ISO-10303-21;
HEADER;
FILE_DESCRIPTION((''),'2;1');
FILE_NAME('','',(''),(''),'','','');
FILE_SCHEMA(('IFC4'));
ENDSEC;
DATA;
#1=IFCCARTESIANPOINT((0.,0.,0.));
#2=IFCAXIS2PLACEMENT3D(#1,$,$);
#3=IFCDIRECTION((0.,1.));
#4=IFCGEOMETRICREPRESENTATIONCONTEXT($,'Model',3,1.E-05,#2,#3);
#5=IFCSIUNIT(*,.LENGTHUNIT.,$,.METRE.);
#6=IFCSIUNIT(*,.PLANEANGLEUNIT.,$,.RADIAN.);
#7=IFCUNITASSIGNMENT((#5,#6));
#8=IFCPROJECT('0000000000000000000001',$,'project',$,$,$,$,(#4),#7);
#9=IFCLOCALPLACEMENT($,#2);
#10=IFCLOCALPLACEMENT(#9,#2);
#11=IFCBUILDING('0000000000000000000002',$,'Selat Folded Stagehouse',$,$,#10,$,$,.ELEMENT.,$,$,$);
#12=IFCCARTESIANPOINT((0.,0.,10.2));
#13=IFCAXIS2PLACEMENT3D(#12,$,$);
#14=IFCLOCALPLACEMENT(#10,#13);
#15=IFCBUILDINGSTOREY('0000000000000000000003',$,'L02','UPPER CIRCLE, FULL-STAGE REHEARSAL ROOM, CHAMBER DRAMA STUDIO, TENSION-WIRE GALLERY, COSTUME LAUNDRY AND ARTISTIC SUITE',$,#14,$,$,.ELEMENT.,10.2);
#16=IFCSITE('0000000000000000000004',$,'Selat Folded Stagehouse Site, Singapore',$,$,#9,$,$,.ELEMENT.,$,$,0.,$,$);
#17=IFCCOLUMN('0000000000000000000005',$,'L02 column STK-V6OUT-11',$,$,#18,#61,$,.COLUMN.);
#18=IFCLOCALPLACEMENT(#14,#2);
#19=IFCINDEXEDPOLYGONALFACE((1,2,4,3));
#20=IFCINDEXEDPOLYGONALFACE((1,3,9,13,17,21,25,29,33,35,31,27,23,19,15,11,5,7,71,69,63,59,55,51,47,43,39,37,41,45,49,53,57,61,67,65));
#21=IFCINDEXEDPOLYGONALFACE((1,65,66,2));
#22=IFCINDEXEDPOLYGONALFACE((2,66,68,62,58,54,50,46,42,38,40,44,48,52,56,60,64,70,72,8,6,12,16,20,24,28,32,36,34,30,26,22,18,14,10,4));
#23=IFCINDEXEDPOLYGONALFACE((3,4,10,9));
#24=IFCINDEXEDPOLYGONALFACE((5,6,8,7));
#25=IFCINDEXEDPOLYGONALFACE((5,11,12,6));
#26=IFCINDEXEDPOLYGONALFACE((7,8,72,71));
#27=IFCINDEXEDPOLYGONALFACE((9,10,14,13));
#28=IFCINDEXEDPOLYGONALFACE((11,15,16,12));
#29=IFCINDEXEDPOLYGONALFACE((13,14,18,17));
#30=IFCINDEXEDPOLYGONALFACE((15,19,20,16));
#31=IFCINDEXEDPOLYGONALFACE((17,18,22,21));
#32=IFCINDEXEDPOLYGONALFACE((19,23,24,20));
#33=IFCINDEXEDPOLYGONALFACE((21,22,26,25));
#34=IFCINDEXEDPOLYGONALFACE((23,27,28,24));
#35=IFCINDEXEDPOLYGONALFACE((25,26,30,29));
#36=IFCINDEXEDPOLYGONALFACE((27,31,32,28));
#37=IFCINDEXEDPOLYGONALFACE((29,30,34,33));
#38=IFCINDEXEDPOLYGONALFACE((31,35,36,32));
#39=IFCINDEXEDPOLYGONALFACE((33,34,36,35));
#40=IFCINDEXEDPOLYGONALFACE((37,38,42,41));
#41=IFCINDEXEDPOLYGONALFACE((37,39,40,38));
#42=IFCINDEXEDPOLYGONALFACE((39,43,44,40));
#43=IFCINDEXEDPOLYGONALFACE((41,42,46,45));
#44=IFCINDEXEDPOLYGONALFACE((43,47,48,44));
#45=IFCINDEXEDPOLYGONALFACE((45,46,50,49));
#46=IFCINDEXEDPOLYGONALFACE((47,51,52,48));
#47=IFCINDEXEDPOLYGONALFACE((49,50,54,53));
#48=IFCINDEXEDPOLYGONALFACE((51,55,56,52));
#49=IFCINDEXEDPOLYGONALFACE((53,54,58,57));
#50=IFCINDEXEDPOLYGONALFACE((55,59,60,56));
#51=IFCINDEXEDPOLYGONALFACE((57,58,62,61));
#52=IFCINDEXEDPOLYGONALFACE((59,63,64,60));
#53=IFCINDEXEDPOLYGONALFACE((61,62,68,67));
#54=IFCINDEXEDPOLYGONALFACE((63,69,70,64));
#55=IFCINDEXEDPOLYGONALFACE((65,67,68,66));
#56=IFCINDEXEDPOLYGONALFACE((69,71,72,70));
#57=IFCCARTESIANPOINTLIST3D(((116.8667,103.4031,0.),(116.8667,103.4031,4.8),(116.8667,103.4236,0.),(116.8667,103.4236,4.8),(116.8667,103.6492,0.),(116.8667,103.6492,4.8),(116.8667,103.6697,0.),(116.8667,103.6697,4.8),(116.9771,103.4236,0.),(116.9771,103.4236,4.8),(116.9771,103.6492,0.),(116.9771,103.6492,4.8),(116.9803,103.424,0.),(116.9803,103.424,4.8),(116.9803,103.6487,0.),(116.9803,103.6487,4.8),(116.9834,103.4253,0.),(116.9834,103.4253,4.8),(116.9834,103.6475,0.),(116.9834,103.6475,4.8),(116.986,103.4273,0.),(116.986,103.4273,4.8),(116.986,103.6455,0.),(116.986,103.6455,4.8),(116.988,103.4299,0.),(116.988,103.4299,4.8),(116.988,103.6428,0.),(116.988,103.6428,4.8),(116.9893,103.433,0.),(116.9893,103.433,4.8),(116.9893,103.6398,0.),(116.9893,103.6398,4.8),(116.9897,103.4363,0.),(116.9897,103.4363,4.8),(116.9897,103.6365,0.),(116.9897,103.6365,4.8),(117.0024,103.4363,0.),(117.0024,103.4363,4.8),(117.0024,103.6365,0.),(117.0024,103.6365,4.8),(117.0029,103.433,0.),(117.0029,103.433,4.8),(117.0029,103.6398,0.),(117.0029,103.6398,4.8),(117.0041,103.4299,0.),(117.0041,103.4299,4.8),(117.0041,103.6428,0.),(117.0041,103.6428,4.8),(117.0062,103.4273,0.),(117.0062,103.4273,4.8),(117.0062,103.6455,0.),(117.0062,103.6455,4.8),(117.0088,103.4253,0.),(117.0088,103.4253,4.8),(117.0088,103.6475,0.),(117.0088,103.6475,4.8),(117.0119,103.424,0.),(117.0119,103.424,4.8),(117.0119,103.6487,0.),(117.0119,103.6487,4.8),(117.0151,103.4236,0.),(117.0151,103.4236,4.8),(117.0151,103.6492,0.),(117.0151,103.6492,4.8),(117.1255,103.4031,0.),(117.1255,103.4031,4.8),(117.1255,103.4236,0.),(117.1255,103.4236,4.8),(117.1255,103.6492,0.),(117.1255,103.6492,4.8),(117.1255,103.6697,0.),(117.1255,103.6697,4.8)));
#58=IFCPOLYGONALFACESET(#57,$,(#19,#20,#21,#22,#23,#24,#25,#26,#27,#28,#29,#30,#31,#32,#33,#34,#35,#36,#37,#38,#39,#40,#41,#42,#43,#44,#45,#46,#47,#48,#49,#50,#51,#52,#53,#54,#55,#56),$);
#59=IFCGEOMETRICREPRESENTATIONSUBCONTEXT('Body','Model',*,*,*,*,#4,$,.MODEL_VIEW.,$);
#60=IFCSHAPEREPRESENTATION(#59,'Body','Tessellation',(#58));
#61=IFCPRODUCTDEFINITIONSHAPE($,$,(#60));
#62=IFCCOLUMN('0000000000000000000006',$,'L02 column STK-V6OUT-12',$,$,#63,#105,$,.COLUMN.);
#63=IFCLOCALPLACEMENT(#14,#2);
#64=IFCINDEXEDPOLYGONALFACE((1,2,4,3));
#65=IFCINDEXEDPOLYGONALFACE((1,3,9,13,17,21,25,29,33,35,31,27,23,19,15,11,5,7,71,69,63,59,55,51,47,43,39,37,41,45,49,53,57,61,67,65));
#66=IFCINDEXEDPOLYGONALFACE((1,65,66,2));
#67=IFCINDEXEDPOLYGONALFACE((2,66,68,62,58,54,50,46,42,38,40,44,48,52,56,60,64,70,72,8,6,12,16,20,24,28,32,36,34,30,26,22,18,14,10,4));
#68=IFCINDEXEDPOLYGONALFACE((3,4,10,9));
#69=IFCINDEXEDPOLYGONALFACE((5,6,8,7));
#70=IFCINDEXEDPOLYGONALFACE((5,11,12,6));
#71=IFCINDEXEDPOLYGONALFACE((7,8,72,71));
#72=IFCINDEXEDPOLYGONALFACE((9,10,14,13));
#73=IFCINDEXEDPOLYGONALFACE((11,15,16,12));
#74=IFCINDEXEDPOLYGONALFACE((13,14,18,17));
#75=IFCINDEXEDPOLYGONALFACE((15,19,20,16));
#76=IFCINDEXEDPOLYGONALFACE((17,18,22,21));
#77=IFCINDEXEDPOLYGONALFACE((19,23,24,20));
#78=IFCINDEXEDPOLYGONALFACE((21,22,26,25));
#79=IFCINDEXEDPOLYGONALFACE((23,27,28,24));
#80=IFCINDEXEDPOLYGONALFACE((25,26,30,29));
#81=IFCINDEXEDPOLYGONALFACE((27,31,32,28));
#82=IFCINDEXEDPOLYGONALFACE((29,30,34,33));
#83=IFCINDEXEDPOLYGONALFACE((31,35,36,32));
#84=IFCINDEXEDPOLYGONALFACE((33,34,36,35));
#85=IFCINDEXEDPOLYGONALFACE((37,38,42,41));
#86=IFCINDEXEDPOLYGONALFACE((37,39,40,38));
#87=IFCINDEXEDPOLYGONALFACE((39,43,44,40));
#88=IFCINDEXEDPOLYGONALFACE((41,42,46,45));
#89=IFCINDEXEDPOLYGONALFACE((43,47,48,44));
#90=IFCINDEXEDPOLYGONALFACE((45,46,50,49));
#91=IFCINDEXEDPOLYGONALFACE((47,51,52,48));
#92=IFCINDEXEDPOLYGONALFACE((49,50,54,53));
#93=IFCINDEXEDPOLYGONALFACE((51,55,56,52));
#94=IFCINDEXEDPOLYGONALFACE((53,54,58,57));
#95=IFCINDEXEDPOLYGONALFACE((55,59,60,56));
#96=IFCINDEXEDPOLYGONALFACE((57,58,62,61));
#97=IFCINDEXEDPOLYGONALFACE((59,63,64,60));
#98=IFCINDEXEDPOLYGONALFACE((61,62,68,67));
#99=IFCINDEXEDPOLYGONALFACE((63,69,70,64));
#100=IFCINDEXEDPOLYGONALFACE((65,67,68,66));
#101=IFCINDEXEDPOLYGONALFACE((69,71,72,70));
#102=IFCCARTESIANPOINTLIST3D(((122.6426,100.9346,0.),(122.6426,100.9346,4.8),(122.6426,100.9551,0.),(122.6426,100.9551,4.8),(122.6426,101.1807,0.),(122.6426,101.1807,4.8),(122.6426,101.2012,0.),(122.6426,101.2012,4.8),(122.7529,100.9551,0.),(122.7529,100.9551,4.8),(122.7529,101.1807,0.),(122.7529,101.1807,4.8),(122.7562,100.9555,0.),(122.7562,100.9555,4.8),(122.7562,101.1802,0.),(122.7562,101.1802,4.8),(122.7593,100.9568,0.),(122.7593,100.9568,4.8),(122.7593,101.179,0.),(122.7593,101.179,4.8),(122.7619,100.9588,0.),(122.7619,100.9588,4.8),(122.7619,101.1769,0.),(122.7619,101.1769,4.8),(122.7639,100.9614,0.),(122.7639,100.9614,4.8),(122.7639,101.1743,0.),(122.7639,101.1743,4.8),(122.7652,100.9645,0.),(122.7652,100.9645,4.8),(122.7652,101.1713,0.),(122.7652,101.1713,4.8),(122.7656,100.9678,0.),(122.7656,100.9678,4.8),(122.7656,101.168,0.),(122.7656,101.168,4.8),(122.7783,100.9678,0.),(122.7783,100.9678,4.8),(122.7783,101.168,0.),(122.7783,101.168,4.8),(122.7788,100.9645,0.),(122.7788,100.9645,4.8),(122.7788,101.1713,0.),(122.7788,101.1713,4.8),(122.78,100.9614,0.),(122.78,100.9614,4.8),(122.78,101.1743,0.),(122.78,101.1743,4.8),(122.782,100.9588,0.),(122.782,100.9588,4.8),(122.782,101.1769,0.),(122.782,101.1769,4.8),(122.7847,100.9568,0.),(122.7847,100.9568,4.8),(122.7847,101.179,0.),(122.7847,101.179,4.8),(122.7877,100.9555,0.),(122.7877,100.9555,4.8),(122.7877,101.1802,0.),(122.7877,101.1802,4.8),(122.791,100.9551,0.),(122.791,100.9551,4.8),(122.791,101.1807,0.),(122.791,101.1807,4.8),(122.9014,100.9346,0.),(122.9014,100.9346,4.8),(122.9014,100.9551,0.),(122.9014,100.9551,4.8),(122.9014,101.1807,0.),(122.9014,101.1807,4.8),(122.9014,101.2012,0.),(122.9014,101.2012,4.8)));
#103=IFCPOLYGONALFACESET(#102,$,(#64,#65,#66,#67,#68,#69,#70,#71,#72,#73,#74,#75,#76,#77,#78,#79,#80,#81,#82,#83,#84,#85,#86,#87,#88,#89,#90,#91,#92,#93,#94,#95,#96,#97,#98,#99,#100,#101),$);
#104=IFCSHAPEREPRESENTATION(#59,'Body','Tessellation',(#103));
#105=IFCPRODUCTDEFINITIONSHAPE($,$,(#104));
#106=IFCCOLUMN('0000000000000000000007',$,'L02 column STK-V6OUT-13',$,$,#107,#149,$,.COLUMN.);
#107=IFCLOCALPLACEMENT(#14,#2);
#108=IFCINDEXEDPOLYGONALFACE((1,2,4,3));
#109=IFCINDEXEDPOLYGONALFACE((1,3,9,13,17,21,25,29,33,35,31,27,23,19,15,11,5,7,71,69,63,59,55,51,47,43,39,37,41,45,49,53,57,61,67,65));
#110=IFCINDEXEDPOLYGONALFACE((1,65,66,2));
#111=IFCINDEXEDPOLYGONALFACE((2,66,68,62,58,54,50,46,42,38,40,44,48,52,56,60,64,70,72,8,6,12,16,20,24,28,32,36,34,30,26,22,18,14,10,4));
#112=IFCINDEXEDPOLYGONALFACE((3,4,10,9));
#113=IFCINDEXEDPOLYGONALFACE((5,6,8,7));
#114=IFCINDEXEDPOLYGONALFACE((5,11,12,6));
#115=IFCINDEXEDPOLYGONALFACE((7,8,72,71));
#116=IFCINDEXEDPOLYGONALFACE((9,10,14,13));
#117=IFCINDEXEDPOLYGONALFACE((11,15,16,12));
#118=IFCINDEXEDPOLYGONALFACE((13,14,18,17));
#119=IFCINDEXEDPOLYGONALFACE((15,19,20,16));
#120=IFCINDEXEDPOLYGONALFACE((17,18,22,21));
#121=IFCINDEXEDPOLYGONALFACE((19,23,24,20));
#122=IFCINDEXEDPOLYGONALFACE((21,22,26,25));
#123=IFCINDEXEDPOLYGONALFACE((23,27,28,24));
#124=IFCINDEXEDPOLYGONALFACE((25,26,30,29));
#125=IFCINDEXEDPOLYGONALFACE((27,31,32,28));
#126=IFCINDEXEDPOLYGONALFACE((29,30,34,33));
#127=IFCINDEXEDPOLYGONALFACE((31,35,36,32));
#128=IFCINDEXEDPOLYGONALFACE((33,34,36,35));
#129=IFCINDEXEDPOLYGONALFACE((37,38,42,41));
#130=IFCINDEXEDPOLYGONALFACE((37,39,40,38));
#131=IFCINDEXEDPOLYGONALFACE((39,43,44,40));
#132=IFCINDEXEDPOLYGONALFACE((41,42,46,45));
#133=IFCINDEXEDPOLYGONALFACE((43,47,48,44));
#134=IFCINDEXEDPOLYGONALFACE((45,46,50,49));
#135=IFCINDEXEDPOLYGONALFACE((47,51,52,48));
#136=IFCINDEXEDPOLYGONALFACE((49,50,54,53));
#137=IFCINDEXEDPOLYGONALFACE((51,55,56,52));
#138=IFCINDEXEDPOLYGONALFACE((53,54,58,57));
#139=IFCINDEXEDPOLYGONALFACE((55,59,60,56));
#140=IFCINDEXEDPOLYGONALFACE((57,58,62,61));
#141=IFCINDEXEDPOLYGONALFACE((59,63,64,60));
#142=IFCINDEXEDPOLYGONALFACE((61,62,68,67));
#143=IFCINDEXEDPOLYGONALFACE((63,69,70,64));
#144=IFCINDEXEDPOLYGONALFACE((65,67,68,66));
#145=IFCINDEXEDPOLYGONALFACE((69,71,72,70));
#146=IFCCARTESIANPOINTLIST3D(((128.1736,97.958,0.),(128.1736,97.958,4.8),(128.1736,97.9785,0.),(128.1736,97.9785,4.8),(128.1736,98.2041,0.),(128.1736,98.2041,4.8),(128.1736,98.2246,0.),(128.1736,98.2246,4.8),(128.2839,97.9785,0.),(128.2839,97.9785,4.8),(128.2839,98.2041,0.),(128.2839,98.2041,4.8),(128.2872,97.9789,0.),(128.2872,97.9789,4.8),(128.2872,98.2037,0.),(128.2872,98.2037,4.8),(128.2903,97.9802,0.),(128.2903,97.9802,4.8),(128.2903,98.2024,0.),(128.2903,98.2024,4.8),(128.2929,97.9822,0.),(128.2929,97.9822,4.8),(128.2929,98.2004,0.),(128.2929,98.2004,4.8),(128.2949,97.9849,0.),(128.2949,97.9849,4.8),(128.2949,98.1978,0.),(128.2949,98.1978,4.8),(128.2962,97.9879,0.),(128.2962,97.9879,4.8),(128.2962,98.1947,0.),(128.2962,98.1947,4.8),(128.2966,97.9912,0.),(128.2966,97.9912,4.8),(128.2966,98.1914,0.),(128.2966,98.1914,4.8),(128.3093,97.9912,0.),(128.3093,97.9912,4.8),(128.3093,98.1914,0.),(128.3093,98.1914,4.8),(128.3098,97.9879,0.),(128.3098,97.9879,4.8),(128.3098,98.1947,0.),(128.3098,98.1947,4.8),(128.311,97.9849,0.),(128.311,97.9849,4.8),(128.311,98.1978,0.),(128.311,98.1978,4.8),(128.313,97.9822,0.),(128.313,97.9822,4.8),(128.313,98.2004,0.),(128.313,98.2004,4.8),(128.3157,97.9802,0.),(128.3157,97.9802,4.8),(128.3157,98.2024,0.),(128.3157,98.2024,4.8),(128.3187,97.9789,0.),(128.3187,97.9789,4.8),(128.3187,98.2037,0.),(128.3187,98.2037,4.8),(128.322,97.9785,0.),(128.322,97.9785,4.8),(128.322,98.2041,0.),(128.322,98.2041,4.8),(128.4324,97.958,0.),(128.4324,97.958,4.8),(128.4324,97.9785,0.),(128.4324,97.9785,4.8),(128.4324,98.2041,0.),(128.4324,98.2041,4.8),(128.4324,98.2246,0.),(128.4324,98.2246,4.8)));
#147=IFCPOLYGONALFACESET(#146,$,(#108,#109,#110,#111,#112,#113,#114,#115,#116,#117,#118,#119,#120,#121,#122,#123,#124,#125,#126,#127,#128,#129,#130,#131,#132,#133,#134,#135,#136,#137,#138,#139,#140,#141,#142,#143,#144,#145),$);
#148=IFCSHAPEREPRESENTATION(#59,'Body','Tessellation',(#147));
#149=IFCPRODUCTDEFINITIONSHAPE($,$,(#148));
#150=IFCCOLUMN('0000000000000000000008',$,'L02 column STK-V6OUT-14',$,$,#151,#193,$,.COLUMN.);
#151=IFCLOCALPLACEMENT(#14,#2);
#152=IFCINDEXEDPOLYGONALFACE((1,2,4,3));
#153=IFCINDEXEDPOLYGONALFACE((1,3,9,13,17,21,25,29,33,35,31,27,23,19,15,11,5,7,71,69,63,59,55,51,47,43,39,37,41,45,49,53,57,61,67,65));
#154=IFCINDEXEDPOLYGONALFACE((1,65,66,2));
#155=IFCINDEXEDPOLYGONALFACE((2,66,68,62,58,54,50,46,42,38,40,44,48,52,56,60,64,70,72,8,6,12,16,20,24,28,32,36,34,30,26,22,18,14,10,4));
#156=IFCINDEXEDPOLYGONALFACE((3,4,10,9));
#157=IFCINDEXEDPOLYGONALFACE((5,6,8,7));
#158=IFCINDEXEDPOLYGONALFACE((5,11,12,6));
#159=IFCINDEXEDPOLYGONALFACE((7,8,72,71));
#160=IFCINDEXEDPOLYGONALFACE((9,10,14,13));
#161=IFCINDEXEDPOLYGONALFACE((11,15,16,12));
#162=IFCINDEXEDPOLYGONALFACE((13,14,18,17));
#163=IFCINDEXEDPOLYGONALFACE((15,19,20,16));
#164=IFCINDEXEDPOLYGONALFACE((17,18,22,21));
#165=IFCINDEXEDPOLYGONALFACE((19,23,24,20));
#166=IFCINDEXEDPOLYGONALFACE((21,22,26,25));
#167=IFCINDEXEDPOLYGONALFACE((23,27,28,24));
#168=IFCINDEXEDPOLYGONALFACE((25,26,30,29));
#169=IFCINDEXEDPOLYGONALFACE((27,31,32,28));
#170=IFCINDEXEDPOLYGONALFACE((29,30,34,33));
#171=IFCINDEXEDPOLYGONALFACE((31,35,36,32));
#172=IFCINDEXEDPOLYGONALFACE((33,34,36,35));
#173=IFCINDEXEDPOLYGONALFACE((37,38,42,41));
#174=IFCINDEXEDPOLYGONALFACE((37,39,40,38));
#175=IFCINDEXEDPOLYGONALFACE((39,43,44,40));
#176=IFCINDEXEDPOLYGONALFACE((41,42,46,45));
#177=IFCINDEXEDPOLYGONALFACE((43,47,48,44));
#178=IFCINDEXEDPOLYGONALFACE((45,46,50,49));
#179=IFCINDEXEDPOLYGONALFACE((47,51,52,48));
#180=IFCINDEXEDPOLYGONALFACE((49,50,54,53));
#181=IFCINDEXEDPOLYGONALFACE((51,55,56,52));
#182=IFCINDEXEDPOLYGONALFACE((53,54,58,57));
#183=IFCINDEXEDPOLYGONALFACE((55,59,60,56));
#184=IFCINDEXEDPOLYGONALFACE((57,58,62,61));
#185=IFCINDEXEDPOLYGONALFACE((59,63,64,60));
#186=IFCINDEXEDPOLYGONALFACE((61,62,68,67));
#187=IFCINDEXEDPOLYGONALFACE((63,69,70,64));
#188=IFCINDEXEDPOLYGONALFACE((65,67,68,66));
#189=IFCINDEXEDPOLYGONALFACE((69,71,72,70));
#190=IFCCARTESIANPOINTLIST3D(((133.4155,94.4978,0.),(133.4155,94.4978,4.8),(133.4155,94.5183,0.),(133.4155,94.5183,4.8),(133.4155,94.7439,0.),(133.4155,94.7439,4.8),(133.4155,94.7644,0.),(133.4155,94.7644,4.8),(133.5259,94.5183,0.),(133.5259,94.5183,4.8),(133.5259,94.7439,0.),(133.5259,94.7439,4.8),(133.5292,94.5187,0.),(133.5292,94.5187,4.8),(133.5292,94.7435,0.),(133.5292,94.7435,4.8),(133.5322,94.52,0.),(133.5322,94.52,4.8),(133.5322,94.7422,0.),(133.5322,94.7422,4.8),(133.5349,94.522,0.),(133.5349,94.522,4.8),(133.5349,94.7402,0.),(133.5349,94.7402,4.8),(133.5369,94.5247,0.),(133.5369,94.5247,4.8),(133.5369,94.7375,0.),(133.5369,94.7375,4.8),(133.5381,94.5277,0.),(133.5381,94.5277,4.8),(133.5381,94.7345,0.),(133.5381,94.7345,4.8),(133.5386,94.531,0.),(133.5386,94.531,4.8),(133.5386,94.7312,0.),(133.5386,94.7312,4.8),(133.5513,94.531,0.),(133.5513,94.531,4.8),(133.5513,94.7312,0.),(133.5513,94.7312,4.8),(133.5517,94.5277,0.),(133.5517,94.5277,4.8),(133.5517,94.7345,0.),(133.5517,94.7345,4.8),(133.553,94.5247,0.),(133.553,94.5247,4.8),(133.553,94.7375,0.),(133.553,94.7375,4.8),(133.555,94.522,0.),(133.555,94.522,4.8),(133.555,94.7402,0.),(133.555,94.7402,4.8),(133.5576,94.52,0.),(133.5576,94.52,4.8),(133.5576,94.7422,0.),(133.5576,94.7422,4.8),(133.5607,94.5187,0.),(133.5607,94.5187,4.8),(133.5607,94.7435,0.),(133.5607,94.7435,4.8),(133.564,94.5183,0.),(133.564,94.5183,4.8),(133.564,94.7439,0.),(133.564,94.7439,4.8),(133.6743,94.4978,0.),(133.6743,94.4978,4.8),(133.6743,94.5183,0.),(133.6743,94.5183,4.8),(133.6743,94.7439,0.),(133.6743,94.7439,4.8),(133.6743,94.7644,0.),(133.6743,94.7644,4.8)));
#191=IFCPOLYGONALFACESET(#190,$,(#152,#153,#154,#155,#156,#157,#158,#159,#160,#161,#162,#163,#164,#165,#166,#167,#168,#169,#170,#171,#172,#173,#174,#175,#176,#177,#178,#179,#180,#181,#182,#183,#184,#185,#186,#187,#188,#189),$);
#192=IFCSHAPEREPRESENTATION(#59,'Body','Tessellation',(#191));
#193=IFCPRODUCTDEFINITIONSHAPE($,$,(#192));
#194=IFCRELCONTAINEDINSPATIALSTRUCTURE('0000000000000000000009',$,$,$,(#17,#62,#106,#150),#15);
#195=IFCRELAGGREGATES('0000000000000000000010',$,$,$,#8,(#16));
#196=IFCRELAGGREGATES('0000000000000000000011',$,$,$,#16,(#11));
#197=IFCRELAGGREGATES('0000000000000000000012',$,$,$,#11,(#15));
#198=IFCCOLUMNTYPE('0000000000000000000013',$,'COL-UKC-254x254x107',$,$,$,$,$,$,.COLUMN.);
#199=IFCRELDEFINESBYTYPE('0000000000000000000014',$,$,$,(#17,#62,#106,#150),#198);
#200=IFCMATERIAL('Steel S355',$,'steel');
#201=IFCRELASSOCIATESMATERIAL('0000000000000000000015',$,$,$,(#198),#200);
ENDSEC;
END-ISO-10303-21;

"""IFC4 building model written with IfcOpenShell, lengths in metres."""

from ifc_helpers import new_model, si_unit, direction, frame, origin, origin_2d, place, context, subcontext, project, spatial, i_section, extrude, material, material_profile, profile_set, type_object, element, save


model = new_model("IFC4")

# Units and contexts
model_context = context("Model", 3, precision=1e-05, world=origin(), true_north=direction((0.0, 1.0)))
body_context = subcontext(model_context, "Body", "Model", "MODEL_VIEW")
ifc_project = project(units=[si_unit("LENGTHUNIT", "METRE"), si_unit("PLANEANGLEUNIT", "RADIAN")], contexts=[model_context])

# Site, building, storey
site_placement = place(None, origin())
site = spatial("IfcSite", under=ifc_project, at=site_placement, Name="Selat Folded Stagehouse Site, Singapore", CompositionType="ELEMENT", RefElevation=0.0)
building_placement = place(site_placement, origin())
building = spatial("IfcBuilding", under=site, at=building_placement, Name="Selat Folded Stagehouse", CompositionType="ELEMENT")
storey_placement = place(building_placement, frame((0.0, 0.0, 10.2)))
storey = spatial("IfcBuildingStorey", under=building, at=storey_placement, Name="L02", Description="UPPER CIRCLE, FULL-STAGE REHEARSAL ROOM, CHAMBER DRAMA STUDIO, TENSION-WIRE GALLERY, COSTUME LAUNDRY AND ARTISTIC SUITE", CompositionType="ELEMENT", Elevation=10.2)

# Columns
ifc_material_1 = material(Name="Steel S355", Category="steel")
ifc_material_profile_1 = material_profile(ifc_material_1, i_section(OverallWidth=0.2588, OverallDepth=0.2666, WebThickness=0.0127, FlangeThickness=0.0205, FilletRadius=0.0127, at=origin_2d()), Name="UKC 254x254x107")
ifc_profile_set_1 = profile_set([ifc_material_profile_1], Name="Steel S355")
column_type = type_object("IfcColumnType", Name="COL-UKC-254x254x107", PredefinedType="COLUMN", material=ifc_profile_set_1)
for number, where, z_axis, x_axis, name in (
    (1, (116.9961, 103.5364, 0.0), (0.0, 0.0, 1.0), (1.0, 0.0, 0.0), "L02 column STK-V6OUT-11"),
    (2, (122.772, 101.0679, 0.0), (0.0, 0.0, 1.0), (1.0, 0.0, 0.0), "L02 column STK-V6OUT-12"),
    (3, (128.303, 98.0913, 0.0), (0.0, 0.0, 1.0), (1.0, 0.0, 0.0), "L02 column STK-V6OUT-13"),
    (4, (133.5449, 94.6311, 0.0), (0.0, 0.0, 1.0), (1.0, 0.0, 0.0), "L02 column STK-V6OUT-14"),
):
    element("IfcColumn", number, at=place(storey_placement, frame(where, z_axis=z_axis, x_axis=x_axis)), inside=storey, type_object=column_type, Name=name, PredefinedType="COLUMN", context=body_context, shape_type="SweptSolid", body=[
        extrude(i_section(OverallWidth=0.2588, OverallDepth=0.2666, WebThickness=0.0127, FlangeThickness=0.0205, FilletRadius=0.0127, at=origin_2d()), origin(), (0.0, 0.0, 1.0), 4.8),
    ])

save(model, "model.ifc")
